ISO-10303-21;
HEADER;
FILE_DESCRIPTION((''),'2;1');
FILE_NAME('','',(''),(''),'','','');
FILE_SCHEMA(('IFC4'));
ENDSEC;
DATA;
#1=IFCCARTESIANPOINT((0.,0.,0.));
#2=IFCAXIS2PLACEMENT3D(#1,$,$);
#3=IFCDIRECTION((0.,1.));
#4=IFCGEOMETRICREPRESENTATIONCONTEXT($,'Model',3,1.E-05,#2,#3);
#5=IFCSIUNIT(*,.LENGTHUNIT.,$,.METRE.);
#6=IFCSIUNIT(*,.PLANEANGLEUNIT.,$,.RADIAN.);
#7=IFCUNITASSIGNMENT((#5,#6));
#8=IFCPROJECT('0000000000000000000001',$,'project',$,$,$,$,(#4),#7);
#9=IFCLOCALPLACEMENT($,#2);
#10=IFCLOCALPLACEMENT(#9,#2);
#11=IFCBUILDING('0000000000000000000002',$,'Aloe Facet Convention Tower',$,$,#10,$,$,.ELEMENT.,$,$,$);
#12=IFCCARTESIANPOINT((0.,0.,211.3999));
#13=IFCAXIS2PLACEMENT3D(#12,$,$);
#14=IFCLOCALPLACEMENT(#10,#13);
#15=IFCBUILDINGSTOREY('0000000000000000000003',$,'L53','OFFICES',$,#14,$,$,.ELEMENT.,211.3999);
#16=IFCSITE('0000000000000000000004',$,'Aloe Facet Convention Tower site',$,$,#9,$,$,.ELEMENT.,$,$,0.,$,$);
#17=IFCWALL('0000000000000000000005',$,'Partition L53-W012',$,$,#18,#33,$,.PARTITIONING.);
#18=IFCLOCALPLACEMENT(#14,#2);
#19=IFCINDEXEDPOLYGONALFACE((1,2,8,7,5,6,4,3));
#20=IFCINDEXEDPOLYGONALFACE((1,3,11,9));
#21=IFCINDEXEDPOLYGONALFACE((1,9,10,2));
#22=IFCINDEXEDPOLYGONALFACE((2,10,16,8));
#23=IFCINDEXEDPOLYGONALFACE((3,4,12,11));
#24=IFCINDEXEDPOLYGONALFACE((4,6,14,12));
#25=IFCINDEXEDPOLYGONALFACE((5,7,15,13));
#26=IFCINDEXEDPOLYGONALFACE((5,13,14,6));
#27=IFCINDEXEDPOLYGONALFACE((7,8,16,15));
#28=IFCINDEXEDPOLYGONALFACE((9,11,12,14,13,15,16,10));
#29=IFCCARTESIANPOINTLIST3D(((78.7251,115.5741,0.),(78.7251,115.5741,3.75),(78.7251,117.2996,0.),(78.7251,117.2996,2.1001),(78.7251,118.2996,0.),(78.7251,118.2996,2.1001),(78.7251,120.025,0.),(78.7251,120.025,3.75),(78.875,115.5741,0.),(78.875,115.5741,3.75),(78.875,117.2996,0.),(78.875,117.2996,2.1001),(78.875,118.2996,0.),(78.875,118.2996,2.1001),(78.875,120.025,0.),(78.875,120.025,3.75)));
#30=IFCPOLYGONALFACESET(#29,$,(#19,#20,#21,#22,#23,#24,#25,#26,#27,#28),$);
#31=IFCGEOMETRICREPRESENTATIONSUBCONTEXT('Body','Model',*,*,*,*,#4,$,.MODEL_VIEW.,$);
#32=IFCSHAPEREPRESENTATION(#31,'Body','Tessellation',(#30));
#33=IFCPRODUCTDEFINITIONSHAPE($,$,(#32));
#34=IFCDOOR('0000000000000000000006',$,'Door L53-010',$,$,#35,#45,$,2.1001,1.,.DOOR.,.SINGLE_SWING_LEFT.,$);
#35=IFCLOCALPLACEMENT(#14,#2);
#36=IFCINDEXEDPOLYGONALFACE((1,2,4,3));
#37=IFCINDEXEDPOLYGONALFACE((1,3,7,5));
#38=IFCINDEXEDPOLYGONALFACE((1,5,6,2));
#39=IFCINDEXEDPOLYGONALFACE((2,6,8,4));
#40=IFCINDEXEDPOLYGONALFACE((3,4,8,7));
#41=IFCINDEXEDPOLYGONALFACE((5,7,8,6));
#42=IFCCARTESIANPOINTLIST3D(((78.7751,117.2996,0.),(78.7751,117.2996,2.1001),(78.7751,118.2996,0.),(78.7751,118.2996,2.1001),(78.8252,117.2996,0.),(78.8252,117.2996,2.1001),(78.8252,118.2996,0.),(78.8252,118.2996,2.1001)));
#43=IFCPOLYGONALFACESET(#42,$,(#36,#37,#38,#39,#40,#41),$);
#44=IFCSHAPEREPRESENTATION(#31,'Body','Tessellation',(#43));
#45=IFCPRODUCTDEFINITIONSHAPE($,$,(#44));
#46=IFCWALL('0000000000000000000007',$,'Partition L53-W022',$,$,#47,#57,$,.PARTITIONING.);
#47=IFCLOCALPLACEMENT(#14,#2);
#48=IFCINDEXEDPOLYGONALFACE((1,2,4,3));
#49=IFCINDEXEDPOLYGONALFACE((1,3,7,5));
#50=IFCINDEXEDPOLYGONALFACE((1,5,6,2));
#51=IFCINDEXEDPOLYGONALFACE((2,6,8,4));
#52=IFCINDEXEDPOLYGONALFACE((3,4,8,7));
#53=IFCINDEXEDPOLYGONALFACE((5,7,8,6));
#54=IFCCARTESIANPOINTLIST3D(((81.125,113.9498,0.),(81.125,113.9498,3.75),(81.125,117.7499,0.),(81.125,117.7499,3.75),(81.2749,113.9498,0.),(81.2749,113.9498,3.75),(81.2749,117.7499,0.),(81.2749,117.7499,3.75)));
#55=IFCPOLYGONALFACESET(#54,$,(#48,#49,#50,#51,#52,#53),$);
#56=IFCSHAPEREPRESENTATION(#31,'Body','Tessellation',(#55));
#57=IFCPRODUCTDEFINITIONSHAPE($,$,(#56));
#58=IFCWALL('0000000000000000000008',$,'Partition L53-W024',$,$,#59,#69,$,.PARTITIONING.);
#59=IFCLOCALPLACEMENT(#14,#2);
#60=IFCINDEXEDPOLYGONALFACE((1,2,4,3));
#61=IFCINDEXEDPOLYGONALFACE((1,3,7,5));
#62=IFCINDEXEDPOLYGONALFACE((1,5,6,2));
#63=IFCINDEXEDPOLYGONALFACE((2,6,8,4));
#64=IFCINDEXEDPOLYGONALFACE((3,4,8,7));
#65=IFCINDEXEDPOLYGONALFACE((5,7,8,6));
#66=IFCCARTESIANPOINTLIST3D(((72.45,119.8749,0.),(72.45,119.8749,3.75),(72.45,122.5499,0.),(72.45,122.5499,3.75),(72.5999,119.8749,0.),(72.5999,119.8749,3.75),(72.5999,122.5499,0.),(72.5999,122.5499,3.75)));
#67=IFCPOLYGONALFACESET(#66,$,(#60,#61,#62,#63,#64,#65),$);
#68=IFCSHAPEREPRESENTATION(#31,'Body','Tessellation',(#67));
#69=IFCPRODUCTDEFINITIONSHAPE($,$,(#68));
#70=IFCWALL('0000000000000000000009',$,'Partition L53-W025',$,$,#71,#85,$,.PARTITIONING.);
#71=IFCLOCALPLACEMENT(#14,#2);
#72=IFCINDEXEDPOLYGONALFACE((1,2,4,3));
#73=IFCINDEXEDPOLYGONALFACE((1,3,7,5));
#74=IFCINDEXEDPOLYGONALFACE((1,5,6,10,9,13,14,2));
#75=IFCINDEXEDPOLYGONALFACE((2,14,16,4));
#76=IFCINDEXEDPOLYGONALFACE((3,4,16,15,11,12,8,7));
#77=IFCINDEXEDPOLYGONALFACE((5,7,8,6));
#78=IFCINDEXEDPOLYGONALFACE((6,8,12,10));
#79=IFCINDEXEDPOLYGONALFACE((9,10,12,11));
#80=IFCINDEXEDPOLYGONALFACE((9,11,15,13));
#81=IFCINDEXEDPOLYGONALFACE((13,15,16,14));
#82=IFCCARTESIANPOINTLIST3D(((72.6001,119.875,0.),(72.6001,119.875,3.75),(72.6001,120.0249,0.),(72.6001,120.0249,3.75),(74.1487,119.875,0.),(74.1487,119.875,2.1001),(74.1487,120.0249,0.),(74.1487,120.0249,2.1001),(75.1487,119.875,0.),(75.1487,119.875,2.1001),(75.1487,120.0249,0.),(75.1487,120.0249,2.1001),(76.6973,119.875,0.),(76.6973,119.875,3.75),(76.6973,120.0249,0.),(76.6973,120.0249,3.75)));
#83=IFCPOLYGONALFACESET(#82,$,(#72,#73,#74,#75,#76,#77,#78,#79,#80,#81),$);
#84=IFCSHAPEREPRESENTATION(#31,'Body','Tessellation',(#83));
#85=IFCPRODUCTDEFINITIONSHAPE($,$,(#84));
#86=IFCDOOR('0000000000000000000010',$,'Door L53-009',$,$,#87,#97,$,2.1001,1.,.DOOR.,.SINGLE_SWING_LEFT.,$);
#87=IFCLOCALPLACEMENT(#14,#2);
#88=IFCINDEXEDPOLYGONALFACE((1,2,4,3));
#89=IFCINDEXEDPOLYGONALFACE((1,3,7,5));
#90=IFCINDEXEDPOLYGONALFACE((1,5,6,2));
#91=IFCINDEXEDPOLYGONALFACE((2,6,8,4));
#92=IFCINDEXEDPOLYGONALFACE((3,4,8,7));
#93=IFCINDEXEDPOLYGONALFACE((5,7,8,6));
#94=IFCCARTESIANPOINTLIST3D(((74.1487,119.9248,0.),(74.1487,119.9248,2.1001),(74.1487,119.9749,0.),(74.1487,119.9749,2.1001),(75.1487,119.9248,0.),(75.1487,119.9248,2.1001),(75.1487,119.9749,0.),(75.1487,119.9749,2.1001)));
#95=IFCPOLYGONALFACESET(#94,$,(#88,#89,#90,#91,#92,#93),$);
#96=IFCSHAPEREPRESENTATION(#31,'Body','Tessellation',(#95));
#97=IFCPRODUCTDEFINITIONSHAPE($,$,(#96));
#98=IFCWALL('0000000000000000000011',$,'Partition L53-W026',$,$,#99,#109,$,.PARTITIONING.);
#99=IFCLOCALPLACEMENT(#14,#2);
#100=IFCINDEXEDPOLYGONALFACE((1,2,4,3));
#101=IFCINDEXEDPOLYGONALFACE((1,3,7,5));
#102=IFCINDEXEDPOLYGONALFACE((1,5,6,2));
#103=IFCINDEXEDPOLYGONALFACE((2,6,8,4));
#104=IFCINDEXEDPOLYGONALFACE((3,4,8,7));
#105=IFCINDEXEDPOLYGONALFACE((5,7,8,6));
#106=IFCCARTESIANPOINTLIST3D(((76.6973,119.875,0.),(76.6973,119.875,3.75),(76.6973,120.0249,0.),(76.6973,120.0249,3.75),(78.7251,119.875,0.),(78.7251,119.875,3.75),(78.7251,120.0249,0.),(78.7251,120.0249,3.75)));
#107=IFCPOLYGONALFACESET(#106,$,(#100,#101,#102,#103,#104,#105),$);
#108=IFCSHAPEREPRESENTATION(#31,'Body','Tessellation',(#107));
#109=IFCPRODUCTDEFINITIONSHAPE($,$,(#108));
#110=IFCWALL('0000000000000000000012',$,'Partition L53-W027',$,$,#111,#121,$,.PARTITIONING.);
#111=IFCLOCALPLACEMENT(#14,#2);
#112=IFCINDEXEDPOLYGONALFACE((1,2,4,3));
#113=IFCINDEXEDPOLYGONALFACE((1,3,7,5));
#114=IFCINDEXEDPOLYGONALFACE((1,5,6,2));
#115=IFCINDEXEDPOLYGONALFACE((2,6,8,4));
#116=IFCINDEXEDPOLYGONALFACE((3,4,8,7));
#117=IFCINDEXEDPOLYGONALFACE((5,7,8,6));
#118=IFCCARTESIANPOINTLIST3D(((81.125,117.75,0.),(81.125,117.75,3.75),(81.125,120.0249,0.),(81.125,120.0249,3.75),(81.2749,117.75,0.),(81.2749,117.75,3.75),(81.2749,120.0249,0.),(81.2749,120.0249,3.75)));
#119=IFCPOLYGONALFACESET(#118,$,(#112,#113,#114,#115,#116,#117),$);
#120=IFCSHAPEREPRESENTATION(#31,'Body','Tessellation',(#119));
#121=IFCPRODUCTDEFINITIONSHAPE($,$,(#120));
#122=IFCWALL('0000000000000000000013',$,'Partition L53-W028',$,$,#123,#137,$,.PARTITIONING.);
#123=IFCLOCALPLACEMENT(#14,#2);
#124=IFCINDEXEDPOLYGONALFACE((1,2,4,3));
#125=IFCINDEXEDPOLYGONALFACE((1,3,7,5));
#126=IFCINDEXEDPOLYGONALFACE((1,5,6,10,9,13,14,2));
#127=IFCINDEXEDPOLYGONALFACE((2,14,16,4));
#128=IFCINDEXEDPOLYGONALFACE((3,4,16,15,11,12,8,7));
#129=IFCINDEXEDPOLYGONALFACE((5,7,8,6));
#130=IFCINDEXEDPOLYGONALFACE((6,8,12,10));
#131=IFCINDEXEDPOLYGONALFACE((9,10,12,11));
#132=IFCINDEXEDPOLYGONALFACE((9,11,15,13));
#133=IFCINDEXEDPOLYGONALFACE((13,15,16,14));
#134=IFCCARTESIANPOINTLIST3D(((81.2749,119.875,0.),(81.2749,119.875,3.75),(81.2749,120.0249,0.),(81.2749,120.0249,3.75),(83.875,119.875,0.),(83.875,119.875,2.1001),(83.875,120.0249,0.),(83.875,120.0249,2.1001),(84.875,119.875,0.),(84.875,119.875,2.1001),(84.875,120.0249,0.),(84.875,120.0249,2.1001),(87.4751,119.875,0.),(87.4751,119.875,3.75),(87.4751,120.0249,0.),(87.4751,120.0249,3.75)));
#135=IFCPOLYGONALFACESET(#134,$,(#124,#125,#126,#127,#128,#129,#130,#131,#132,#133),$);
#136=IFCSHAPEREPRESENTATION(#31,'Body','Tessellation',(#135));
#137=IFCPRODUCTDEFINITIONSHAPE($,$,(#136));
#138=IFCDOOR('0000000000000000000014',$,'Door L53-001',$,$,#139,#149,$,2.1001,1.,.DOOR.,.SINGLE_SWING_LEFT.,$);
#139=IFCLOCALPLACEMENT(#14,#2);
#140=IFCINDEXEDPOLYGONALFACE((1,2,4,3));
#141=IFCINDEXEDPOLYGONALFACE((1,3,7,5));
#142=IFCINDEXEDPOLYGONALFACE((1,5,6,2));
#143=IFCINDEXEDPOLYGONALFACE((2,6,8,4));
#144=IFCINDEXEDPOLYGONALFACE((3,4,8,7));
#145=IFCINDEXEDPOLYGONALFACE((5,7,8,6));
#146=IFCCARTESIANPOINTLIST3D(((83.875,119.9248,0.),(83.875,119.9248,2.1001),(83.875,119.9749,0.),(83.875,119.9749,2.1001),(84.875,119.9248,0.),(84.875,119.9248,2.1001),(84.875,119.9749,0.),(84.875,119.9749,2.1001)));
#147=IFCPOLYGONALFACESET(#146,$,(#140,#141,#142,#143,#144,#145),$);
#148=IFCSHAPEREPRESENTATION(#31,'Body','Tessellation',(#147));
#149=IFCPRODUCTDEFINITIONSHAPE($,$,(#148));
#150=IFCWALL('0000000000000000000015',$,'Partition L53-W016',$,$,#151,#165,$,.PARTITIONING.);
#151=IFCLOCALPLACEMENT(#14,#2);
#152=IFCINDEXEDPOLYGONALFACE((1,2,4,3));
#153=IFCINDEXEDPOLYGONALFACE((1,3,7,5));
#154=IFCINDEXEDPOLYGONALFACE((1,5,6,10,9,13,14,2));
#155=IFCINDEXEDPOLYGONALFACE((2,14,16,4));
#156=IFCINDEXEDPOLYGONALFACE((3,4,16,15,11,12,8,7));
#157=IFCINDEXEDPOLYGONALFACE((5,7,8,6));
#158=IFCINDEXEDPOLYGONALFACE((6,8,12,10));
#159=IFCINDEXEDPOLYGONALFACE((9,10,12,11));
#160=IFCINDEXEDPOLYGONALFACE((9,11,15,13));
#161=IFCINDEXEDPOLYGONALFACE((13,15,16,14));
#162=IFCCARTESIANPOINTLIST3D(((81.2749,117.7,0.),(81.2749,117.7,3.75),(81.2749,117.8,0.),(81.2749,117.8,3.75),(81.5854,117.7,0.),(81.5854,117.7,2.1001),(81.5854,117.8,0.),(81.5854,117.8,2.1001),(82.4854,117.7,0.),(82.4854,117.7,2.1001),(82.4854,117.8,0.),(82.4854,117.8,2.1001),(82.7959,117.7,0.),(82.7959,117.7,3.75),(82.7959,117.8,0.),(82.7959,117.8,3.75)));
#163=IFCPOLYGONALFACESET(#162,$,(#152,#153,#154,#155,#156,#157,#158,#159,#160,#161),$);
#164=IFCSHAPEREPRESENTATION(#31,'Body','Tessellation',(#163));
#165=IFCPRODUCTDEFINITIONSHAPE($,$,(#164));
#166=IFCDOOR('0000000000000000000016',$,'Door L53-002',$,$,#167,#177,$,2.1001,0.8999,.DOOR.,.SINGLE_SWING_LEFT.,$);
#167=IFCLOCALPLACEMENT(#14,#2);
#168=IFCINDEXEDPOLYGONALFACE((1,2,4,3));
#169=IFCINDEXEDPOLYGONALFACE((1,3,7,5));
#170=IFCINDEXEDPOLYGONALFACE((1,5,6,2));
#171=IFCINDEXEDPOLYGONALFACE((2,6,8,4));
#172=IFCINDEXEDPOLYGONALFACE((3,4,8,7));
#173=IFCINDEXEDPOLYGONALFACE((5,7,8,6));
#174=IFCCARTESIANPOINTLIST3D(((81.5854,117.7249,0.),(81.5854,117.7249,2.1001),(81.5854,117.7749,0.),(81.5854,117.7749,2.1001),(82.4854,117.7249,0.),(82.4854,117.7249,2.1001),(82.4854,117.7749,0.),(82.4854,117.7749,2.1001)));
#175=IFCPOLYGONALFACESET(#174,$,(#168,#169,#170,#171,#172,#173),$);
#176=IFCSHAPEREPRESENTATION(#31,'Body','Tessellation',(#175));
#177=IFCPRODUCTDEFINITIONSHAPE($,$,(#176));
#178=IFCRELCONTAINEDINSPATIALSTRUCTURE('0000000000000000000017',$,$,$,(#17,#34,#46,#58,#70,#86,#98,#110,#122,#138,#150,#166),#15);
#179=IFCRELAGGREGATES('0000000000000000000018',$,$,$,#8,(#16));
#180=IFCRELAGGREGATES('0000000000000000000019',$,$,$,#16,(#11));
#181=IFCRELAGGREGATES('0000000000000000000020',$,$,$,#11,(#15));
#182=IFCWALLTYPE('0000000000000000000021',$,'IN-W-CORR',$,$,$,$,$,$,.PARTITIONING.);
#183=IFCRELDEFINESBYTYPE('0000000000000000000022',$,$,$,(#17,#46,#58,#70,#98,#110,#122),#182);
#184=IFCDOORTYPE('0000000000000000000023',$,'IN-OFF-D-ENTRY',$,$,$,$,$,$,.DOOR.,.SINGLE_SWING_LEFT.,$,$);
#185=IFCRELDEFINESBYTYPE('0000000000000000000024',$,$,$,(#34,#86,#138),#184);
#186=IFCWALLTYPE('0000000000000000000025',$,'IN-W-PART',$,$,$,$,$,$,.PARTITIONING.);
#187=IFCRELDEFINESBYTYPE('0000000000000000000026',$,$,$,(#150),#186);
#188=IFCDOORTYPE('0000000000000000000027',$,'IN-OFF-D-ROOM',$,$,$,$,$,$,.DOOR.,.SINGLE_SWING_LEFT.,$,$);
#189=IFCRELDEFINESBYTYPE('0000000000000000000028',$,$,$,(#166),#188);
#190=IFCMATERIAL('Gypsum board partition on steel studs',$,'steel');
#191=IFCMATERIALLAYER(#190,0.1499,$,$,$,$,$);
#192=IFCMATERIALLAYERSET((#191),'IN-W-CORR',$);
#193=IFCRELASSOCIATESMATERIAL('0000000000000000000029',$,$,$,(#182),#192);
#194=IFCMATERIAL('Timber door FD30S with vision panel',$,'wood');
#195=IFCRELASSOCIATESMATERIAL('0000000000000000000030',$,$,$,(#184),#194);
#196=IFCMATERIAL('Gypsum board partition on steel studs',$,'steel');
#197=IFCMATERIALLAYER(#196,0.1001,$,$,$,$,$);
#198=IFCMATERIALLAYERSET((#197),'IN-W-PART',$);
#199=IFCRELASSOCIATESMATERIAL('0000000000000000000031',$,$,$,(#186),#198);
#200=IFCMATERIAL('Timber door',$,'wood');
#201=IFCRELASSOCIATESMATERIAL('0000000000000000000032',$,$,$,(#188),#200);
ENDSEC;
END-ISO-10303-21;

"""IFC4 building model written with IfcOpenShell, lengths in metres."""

from ifc_helpers import new_model, si_unit, direction, frame, frame_2d, origin, place, context, subcontext, project, spatial, rectangle, extrude, material, layer, layer_set, type_object, element, fill, save


model = new_model("IFC4")

# Units and contexts
model_context = context("Model", 3, precision=1e-05, world=origin(), true_north=direction((0.0, 1.0)))
body_context = subcontext(model_context, "Body", "Model", "MODEL_VIEW")
ifc_project = project(units=[si_unit("LENGTHUNIT", "METRE"), si_unit("PLANEANGLEUNIT", "RADIAN")], contexts=[model_context])

# Site, building, storey
site_placement = place(None, origin())
site = spatial("IfcSite", under=ifc_project, at=site_placement, Name="Aloe Facet Convention Tower site", CompositionType="ELEMENT", RefElevation=0.0)
building_placement = place(site_placement, origin())
building = spatial("IfcBuilding", under=site, at=building_placement, Name="Aloe Facet Convention Tower", CompositionType="ELEMENT")
storey_placement = place(building_placement, frame((0.0, 0.0, 211.3999)))
storey = spatial("IfcBuildingStorey", under=building, at=storey_placement, Name="L53", Description="OFFICES", CompositionType="ELEMENT", Elevation=211.3999)

# Wall, opening, door
ifc_material_1 = material(Name="Gypsum board partition on steel studs", Category="steel")
ifc_layer_1 = layer(ifc_material_1, 0.1499)
ifc_layer_set_1 = layer_set([ifc_layer_1], Name="IN-W-CORR")
wall_type_1 = type_object("IfcWallType", Name="IN-W-CORR", PredefinedType="PARTITIONING", material=ifc_layer_set_1)
wall_1_placement = place(storey_placement, frame((78.8, 115.574, 0.0), z_axis=(0.0, 0.0, 1.0), x_axis=(0.0, 1.0, 0.0)))
wall_1 = element("IfcWall", 1, at=wall_1_placement, inside=storey, type_object=wall_type_1, Name="Partition L53-W012", PredefinedType="PARTITIONING", context=body_context, shape_type="SweptSolid", body=[
    extrude(rectangle(XDim=4.4509, YDim=0.1499, at=frame_2d((2.2256, 0.0))), origin(), (0.0, 0.0, 1.0), 3.75),
])
opening_1_placement = place(wall_1_placement, frame((1.7256, 0.0, 0.0)))
opening_1 = element("IfcOpeningElement", 2, at=opening_1_placement, cuts=wall_1, PredefinedType="OPENING", context=body_context, shape_type="SweptSolid", body=[
    extrude(rectangle(XDim=1.0, YDim=2.1001, at=frame_2d((0.5, 1.05))), frame((0.0, 0.085, 0.0), z_axis=(0.0, -1.0, 0.0), x_axis=(1.0, 0.0, 0.0)), (0.0, 0.0, 1.0), 0.1699),
])
ifc_material_2 = material(Name="Timber door FD30S with vision panel", Category="wood")
door_type_1 = type_object("IfcDoorType", Name="IN-OFF-D-ENTRY", OperationType="SINGLE_SWING_LEFT", PredefinedType="DOOR", material=ifc_material_2)
door_1_placement = place(opening_1_placement, origin())
door_1 = element("IfcDoor", 3, at=door_1_placement, inside=storey, type_object=door_type_1, Name="Door L53-010", OperationType="SINGLE_SWING_LEFT", OverallHeight=2.1001, OverallWidth=1.0, PredefinedType="DOOR", context=body_context, shape_type="SweptSolid", body=[
    extrude(rectangle(XDim=1.0, YDim=2.1001, at=frame_2d((0.5, 1.05))), frame((0.0, 0.0249, 0.0), z_axis=(0.0, -1.0, 0.0), x_axis=(1.0, 0.0, 0.0)), (0.0, 0.0, 1.0), 0.05),
])
fill(opening_1, door_1)

# Walls
wall_2_placement = place(storey_placement, frame((81.2, 113.95, 0.0), z_axis=(0.0, 0.0, 1.0), x_axis=(0.0, 1.0, 0.0)))
element("IfcWall", 4, at=wall_2_placement, inside=storey, type_object=wall_type_1, Name="Partition L53-W022", PredefinedType="PARTITIONING", context=body_context, shape_type="SweptSolid", body=[
    extrude(rectangle(XDim=3.8, YDim=0.1499, at=frame_2d((1.8999, 0.0))), origin(), (0.0, 0.0, 1.0), 3.75),
])
wall_3_placement = place(storey_placement, frame((72.5249, 119.875, 0.0), z_axis=(0.0, 0.0, 1.0), x_axis=(0.0, 1.0, 0.0)))
element("IfcWall", 5, at=wall_3_placement, inside=storey, type_object=wall_type_1, Name="Partition L53-W024", PredefinedType="PARTITIONING", context=body_context, shape_type="SweptSolid", body=[
    extrude(rectangle(XDim=2.675, YDim=0.1499, at=frame_2d((1.3374, 0.0))), origin(), (0.0, 0.0, 1.0), 3.75),
])

# Wall, opening, door
wall_4_placement = place(storey_placement, frame((72.6001, 119.95, 0.0), z_axis=(0.0, 0.0, 1.0), x_axis=(1.0, 0.0, 0.0)))
wall_4 = element("IfcWall", 6, at=wall_4_placement, inside=storey, type_object=wall_type_1, Name="Partition L53-W025", PredefinedType="PARTITIONING", context=body_context, shape_type="SweptSolid", body=[
    extrude(rectangle(XDim=4.0972, YDim=0.1499, at=frame_2d((2.0486, 0.0))), origin(), (0.0, 0.0, 1.0), 3.75),
])
opening_2_placement = place(wall_4_placement, frame((1.5486, 0.0, 0.0)))
opening_2 = element("IfcOpeningElement", 7, at=opening_2_placement, cuts=wall_4, PredefinedType="OPENING", context=body_context, shape_type="SweptSolid", body=[
    extrude(rectangle(XDim=1.0, YDim=2.1001, at=frame_2d((0.5, 1.05))), frame((0.0, 0.085, 0.0), z_axis=(0.0, -1.0, 0.0), x_axis=(1.0, 0.0, 0.0)), (0.0, 0.0, 1.0), 0.1699),
])
door_2_placement = place(opening_2_placement, origin())
door_2 = element("IfcDoor", 8, at=door_2_placement, inside=storey, type_object=door_type_1, Name="Door L53-009", OperationType="SINGLE_SWING_LEFT", OverallHeight=2.1001, OverallWidth=1.0, PredefinedType="DOOR", context=body_context, shape_type="SweptSolid", body=[
    extrude(rectangle(XDim=1.0, YDim=2.1001, at=frame_2d((0.5, 1.05))), frame((0.0, 0.0249, 0.0), z_axis=(0.0, -1.0, 0.0), x_axis=(1.0, 0.0, 0.0)), (0.0, 0.0, 1.0), 0.05),
])
fill(opening_2, door_2)

# Walls
wall_5_placement = place(storey_placement, frame((76.6973, 119.95, 0.0), z_axis=(0.0, 0.0, 1.0), x_axis=(1.0, 0.0, 0.0)))
element("IfcWall", 9, at=wall_5_placement, inside=storey, type_object=wall_type_1, Name="Partition L53-W026", PredefinedType="PARTITIONING", context=body_context, shape_type="SweptSolid", body=[
    extrude(rectangle(XDim=2.0278, YDim=0.1499, at=frame_2d((1.0139, 0.0))), origin(), (0.0, 0.0, 1.0), 3.75),
])
wall_6_placement = place(storey_placement, frame((81.2, 117.75, 0.0), z_axis=(0.0, 0.0, 1.0), x_axis=(0.0, 1.0, 0.0)))
element("IfcWall", 10, at=wall_6_placement, inside=storey, type_object=wall_type_1, Name="Partition L53-W027", PredefinedType="PARTITIONING", context=body_context, shape_type="SweptSolid", body=[
    extrude(rectangle(XDim=2.2749, YDim=0.1499, at=frame_2d((1.1375, 0.0))), origin(), (0.0, 0.0, 1.0), 3.75),
])

# Walls, openings, doors
wall_7_placement = place(storey_placement, frame((81.2749, 119.95, 0.0), z_axis=(0.0, 0.0, 1.0), x_axis=(1.0, 0.0, 0.0)))
wall_7 = element("IfcWall", 11, at=wall_7_placement, inside=storey, type_object=wall_type_1, Name="Partition L53-W028", PredefinedType="PARTITIONING", context=body_context, shape_type="SweptSolid", body=[
    extrude(rectangle(XDim=6.2002, YDim=0.1499, at=frame_2d((3.1001, 0.0))), origin(), (0.0, 0.0, 1.0), 3.75),
])
opening_3_placement = place(wall_7_placement, frame((2.6001, 0.0, 0.0)))
opening_3 = element("IfcOpeningElement", 12, at=opening_3_placement, cuts=wall_7, PredefinedType="OPENING", context=body_context, shape_type="SweptSolid", body=[
    extrude(rectangle(XDim=1.0, YDim=2.1001, at=frame_2d((0.5, 1.05))), frame((0.0, 0.085, 0.0), z_axis=(0.0, -1.0, 0.0), x_axis=(1.0, 0.0, 0.0)), (0.0, 0.0, 1.0), 0.1699),
])
door_3_placement = place(opening_3_placement, origin())
door_3 = element("IfcDoor", 13, at=door_3_placement, inside=storey, type_object=door_type_1, Name="Door L53-001", OperationType="SINGLE_SWING_LEFT", OverallHeight=2.1001, OverallWidth=1.0, PredefinedType="DOOR", context=body_context, shape_type="SweptSolid", body=[
    extrude(rectangle(XDim=1.0, YDim=2.1001, at=frame_2d((0.5, 1.05))), frame((0.0, 0.0249, 0.0), z_axis=(0.0, -1.0, 0.0), x_axis=(1.0, 0.0, 0.0)), (0.0, 0.0, 1.0), 0.05),
])
fill(opening_3, door_3)
ifc_material_3 = material(Name="Gypsum board partition on steel studs", Category="steel")
ifc_layer_2 = layer(ifc_material_3, 0.1001)
ifc_layer_set_2 = layer_set([ifc_layer_2], Name="IN-W-PART")
wall_type_2 = type_object("IfcWallType", Name="IN-W-PART", PredefinedType="PARTITIONING", material=ifc_layer_set_2)
wall_8_placement = place(storey_placement, frame((81.2749, 117.75, 0.0), z_axis=(0.0, 0.0, 1.0), x_axis=(1.0, 0.0, 0.0)))
wall_8 = element("IfcWall", 14, at=wall_8_placement, inside=storey, type_object=wall_type_2, Name="Partition L53-W016", PredefinedType="PARTITIONING", context=body_context, shape_type="SweptSolid", body=[
    extrude(rectangle(XDim=1.521, YDim=0.1001, at=frame_2d((0.7605, 0.0))), origin(), (0.0, 0.0, 1.0), 3.75),
])
opening_4_placement = place(wall_8_placement, frame((0.3105, 0.0, 0.0)))
opening_4 = element("IfcOpeningElement", 15, at=opening_4_placement, cuts=wall_8, PredefinedType="OPENING", context=body_context, shape_type="SweptSolid", body=[
    extrude(rectangle(XDim=0.8999, YDim=2.1001, at=frame_2d((0.45, 1.05))), frame((0.0, 0.0601, 0.0), z_axis=(0.0, -1.0, 0.0), x_axis=(1.0, 0.0, 0.0)), (0.0, 0.0, 1.0), 0.1201),
])
ifc_material_4 = material(Name="Timber door", Category="wood")
door_type_2 = type_object("IfcDoorType", Name="IN-OFF-D-ROOM", OperationType="SINGLE_SWING_LEFT", PredefinedType="DOOR", material=ifc_material_4)
door_4_placement = place(opening_4_placement, origin())
door_4 = element("IfcDoor", 16, at=door_4_placement, inside=storey, type_object=door_type_2, Name="Door L53-002", OperationType="SINGLE_SWING_LEFT", OverallHeight=2.1001, OverallWidth=0.8999, PredefinedType="DOOR", context=body_context, shape_type="SweptSolid", body=[
    extrude(rectangle(XDim=0.8999, YDim=2.1001, at=frame_2d((0.45, 1.05))), frame((0.0, 0.0249, 0.0), z_axis=(0.0, -1.0, 0.0), x_axis=(1.0, 0.0, 0.0)), (0.0, 0.0, 1.0), 0.05),
])
fill(opening_4, door_4)

save(model, "model.ifc")
